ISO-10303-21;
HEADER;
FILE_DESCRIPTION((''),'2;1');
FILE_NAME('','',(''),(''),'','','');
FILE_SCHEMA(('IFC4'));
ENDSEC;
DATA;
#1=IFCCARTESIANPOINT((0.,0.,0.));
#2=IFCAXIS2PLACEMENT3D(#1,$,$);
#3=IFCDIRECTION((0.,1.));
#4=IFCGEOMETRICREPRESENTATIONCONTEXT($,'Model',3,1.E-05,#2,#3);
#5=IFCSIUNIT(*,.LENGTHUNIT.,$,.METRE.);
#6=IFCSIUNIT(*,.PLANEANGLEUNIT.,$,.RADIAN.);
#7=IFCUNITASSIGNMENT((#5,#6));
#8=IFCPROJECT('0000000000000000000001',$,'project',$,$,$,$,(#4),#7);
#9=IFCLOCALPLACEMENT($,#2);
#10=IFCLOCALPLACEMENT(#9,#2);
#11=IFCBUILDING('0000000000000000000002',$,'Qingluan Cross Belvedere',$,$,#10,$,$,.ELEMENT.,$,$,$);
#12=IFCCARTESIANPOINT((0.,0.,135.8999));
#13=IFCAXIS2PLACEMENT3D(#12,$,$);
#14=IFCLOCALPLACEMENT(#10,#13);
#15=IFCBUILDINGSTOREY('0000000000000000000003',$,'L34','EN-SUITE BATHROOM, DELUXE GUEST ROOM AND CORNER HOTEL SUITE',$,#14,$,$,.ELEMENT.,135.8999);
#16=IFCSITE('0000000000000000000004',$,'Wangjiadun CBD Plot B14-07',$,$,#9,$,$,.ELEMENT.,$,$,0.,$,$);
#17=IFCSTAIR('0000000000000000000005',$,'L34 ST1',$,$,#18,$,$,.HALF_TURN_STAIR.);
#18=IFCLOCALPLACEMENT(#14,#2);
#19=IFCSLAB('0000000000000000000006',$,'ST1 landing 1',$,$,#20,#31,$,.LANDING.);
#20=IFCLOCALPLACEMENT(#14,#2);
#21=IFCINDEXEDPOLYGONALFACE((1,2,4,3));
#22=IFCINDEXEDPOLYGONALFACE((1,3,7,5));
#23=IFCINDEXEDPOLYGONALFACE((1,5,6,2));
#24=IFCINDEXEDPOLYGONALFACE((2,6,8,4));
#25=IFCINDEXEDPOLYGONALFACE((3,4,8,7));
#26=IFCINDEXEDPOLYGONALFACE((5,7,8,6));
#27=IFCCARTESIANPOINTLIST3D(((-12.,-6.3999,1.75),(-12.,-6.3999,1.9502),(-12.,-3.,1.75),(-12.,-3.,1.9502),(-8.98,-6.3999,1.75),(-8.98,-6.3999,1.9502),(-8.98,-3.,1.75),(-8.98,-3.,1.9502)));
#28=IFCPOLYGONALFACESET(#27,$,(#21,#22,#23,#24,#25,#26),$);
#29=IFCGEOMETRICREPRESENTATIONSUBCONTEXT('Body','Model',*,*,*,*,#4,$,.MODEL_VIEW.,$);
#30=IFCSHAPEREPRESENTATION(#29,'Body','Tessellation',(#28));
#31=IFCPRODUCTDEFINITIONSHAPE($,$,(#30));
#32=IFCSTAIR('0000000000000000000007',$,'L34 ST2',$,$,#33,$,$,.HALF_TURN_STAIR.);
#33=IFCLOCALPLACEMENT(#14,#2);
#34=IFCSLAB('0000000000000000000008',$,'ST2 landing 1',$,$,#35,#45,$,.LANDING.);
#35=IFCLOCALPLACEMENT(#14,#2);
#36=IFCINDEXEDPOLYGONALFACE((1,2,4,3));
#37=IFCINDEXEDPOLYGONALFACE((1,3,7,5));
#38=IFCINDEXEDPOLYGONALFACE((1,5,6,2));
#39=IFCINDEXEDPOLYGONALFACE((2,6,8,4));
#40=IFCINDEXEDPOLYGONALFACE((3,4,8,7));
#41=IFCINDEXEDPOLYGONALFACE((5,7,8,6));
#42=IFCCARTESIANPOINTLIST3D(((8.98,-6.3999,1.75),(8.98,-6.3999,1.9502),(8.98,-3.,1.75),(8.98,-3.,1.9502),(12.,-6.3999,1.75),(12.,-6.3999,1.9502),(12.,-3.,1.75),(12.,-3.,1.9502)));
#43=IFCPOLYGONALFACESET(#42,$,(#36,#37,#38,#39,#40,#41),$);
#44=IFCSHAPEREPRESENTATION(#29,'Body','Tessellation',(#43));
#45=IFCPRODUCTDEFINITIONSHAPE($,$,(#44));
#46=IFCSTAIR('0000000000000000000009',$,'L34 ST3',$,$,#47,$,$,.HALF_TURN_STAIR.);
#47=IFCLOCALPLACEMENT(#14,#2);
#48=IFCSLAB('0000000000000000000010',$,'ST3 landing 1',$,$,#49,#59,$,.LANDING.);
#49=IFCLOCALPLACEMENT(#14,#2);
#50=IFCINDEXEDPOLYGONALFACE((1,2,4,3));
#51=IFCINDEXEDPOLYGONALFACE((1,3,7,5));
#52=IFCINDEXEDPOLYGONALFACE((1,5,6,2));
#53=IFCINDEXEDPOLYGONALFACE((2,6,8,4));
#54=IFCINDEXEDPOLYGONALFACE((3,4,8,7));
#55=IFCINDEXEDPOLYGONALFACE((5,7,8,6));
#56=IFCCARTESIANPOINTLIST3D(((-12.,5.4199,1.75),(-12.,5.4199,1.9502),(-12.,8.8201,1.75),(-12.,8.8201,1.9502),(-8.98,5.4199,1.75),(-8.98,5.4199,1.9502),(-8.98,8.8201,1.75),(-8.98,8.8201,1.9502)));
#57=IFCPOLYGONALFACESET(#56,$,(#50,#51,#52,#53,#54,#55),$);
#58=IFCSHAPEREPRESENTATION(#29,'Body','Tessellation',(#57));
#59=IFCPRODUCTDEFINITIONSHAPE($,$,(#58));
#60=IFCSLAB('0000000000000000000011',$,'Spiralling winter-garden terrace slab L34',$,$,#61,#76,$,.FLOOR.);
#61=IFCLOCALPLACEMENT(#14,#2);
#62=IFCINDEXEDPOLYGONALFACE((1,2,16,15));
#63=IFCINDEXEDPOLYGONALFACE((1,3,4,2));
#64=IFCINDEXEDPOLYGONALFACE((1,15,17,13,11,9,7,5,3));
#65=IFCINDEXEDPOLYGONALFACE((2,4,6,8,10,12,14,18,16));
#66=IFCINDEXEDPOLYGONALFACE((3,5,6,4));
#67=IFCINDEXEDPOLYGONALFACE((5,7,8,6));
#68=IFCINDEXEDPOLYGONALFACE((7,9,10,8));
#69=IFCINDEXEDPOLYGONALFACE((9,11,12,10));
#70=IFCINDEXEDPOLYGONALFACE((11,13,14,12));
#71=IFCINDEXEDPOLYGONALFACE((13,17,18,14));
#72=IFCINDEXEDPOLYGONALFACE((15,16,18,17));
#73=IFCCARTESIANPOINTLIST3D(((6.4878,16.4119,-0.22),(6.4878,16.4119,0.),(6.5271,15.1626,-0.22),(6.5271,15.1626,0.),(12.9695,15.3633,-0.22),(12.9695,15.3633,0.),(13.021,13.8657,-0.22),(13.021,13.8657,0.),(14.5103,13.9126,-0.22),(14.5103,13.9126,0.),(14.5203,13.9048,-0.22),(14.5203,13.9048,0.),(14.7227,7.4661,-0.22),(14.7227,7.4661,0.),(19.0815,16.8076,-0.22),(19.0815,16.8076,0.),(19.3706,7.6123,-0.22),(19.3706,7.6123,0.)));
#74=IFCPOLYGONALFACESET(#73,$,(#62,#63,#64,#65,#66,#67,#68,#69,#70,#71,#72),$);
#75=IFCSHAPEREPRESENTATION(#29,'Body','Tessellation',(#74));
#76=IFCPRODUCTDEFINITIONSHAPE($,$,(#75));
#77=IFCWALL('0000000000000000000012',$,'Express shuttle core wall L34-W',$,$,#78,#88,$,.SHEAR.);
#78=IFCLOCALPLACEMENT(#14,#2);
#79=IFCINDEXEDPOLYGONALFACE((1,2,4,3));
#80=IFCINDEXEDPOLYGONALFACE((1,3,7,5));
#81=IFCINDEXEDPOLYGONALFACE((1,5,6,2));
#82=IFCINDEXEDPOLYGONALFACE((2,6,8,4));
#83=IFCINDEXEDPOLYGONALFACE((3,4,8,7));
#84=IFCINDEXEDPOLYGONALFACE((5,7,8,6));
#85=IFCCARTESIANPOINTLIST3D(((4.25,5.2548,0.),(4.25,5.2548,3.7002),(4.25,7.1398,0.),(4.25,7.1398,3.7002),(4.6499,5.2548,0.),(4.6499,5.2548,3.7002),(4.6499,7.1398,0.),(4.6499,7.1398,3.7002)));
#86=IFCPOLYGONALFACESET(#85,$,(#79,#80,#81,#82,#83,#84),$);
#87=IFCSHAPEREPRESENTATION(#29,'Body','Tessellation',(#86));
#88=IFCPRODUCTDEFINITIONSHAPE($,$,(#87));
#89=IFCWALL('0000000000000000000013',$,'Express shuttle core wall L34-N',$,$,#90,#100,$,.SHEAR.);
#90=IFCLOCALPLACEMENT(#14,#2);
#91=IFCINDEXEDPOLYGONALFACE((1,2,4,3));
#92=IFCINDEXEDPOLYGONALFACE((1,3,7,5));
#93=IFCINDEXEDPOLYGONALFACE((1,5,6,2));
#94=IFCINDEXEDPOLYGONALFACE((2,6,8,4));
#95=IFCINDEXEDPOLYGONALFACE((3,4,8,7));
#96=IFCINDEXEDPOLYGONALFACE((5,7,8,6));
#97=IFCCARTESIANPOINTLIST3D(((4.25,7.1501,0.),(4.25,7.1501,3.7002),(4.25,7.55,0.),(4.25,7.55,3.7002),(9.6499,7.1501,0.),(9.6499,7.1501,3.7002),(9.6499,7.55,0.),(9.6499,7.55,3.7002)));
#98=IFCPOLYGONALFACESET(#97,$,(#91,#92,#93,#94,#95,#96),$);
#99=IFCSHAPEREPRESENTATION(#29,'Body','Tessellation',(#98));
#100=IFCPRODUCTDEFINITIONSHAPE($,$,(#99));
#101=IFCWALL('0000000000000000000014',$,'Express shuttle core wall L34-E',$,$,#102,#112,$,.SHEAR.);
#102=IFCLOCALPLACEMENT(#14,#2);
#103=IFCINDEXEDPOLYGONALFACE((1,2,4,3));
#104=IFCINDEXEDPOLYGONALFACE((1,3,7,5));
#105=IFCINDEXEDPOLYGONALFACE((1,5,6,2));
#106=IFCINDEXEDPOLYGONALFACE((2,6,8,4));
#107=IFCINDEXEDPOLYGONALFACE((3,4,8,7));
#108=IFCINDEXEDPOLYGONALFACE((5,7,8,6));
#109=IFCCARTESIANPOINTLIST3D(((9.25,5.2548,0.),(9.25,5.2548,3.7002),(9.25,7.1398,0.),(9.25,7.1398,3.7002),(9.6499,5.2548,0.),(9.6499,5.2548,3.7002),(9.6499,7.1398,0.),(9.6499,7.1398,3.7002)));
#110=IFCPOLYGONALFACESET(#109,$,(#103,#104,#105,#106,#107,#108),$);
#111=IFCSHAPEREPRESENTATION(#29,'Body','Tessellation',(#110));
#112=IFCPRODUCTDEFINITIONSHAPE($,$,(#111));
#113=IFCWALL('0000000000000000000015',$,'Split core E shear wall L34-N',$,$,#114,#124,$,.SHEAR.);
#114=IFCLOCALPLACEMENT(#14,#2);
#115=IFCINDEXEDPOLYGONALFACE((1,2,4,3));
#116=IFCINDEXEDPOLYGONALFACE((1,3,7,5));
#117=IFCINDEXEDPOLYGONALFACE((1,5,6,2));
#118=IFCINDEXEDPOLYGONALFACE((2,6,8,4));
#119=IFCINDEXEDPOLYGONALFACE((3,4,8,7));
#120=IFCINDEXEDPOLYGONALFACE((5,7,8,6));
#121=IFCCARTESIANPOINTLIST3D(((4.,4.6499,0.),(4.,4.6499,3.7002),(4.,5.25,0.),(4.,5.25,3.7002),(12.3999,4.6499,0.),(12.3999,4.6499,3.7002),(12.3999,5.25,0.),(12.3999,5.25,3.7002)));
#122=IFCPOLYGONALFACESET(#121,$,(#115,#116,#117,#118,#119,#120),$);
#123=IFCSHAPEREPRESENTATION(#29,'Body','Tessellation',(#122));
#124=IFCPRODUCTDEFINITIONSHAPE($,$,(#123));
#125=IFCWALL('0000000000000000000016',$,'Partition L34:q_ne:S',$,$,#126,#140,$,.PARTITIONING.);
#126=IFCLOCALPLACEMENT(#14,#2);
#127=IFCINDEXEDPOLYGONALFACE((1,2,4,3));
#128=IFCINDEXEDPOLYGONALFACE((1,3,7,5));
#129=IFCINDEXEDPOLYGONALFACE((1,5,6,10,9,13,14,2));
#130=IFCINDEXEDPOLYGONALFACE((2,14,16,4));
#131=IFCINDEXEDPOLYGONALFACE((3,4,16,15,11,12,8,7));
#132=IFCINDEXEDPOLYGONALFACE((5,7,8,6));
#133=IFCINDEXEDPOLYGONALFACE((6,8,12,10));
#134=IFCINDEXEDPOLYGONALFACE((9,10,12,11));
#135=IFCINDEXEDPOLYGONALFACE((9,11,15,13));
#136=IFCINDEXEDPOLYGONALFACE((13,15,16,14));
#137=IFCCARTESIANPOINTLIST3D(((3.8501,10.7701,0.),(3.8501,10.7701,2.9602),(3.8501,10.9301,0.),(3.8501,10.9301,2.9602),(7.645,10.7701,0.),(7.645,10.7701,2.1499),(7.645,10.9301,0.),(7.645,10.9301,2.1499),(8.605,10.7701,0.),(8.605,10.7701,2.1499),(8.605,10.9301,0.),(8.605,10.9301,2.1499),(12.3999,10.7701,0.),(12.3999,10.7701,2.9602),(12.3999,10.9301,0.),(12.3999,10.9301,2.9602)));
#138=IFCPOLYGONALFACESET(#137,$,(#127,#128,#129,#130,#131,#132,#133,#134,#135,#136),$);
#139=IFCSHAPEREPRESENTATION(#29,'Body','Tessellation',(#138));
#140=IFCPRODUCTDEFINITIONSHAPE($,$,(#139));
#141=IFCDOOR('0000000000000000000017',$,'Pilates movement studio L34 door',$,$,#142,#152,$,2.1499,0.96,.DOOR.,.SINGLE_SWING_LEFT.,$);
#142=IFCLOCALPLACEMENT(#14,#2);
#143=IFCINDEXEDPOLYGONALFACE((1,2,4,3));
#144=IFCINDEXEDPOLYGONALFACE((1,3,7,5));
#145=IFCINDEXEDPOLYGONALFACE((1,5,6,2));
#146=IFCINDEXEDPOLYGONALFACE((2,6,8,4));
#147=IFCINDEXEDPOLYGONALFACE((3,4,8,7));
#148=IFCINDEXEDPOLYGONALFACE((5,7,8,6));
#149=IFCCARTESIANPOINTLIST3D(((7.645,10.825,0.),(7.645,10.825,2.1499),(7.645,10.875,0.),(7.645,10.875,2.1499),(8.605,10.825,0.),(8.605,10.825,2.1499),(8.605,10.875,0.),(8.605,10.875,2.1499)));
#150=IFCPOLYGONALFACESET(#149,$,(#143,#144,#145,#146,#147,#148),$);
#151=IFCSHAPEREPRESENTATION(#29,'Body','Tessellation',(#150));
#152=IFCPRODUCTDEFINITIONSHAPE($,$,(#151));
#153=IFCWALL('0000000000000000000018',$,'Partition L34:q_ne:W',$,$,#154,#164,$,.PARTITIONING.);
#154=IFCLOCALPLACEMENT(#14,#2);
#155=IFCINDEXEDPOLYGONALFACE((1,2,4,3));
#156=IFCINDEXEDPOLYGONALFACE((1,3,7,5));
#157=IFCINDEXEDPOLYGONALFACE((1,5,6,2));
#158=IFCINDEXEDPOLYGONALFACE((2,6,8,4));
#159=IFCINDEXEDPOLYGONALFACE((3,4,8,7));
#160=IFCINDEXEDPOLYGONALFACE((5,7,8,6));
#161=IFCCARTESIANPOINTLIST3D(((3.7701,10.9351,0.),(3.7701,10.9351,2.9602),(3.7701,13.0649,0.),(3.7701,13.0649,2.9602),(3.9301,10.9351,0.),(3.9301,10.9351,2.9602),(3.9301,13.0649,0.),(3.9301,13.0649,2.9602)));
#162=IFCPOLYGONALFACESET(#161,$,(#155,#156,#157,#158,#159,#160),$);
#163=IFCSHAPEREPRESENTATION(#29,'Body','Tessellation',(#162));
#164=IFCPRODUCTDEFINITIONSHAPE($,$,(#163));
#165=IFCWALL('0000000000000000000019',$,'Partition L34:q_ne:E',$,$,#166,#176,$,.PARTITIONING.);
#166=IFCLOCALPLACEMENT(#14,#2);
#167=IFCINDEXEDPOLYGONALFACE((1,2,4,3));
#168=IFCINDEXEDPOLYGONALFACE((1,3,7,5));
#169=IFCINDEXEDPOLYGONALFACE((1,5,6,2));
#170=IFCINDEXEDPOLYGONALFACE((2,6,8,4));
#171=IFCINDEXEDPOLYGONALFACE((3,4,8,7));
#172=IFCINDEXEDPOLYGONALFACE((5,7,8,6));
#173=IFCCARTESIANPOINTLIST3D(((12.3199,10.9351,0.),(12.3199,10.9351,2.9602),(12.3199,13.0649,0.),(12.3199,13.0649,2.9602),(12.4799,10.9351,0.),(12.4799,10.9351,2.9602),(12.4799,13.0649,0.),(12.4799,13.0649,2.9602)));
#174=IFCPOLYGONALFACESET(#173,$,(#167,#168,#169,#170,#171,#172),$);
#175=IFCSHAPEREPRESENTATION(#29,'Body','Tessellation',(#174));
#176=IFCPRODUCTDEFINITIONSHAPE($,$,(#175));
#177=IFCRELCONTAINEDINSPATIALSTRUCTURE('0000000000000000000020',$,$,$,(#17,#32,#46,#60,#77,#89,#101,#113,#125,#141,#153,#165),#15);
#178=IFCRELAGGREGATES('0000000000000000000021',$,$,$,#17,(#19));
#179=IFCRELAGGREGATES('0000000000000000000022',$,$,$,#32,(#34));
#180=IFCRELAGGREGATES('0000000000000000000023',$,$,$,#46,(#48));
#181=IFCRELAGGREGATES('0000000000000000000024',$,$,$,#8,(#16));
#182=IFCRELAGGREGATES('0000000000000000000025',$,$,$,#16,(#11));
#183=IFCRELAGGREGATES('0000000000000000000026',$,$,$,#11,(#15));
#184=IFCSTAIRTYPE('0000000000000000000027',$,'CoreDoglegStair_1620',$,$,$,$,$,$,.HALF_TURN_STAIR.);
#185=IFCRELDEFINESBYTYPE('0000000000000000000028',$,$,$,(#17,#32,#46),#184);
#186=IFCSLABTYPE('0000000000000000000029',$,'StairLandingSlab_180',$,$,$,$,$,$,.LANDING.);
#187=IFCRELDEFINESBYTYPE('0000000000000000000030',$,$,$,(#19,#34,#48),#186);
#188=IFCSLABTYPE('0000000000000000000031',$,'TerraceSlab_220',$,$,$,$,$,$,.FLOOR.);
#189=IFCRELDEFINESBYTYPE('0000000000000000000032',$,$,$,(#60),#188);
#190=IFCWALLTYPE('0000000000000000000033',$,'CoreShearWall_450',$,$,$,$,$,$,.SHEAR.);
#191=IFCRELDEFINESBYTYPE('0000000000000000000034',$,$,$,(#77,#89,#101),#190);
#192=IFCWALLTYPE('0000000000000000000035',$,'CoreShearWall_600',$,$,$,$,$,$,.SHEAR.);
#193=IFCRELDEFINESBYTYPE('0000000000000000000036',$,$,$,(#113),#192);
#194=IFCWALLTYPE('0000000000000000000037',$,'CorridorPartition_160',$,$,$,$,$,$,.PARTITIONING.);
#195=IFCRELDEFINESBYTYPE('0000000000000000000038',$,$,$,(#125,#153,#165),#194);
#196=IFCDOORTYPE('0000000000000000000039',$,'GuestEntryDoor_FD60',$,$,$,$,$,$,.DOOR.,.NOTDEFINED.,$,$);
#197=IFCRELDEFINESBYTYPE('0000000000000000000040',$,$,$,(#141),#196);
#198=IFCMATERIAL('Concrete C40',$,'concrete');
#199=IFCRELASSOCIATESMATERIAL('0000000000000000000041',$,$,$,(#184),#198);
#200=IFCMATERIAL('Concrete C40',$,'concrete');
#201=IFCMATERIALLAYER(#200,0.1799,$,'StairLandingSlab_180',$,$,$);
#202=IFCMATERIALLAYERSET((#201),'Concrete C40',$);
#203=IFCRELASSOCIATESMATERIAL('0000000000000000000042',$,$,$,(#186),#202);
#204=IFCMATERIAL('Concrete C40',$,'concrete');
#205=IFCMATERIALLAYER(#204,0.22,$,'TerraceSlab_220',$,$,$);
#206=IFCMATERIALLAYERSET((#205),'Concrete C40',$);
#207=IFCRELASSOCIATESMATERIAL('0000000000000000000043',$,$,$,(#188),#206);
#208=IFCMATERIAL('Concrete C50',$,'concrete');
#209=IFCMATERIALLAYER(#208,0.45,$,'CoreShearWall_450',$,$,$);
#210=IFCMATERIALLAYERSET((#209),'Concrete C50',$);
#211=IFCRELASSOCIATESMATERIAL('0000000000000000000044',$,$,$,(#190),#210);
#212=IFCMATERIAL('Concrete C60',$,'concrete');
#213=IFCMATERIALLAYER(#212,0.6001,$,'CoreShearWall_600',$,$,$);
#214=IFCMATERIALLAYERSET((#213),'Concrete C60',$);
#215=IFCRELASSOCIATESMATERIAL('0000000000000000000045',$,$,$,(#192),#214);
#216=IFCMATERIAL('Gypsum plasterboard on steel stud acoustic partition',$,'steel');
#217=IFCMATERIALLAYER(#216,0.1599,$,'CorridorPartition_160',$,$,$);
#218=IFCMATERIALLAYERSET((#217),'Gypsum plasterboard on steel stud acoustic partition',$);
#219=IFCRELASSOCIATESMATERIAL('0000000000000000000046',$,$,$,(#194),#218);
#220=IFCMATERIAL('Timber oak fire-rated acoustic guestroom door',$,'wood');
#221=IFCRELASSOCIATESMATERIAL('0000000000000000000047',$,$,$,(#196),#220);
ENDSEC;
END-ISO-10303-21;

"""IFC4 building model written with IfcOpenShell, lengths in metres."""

from ifc_helpers import new_model, si_unit, direction, frame, frame_2d, origin, place, context, subcontext, project, spatial, polyline, rectangle, outline, extrude, material, layer, layer_set, type_object, element, fill, aggregate, save


model = new_model("IFC4")

# Units and contexts
model_context = context("Model", 3, precision=1e-05, world=origin(), true_north=direction((0.0, 1.0)))
body_context = subcontext(model_context, "Body", "Model", "MODEL_VIEW")
ifc_project = project(units=[si_unit("LENGTHUNIT", "METRE"), si_unit("PLANEANGLEUNIT", "RADIAN")], contexts=[model_context])

# Site, building, storey
site_placement = place(None, origin())
site = spatial("IfcSite", under=ifc_project, at=site_placement, Name="Wangjiadun CBD Plot B14-07", CompositionType="ELEMENT", RefElevation=0.0)
building_placement = place(site_placement, origin())
building = spatial("IfcBuilding", under=site, at=building_placement, Name="Qingluan Cross Belvedere", CompositionType="ELEMENT")
storey_placement = place(building_placement, frame((0.0, 0.0, 135.8999)))
storey = spatial("IfcBuildingStorey", under=building, at=storey_placement, Name="L34", Description="EN-SUITE BATHROOM, DELUXE GUEST ROOM AND CORNER HOTEL SUITE", CompositionType="ELEMENT", Elevation=135.8999)

# Stairs, slabs
ifc_material_1 = material(Name="Concrete C40", Category="concrete")
stair_type = type_object("IfcStairType", Name="CoreDoglegStair_1620", PredefinedType="HALF_TURN_STAIR", material=ifc_material_1)
stair_1_placement = place(storey_placement, origin())
stair_1 = element("IfcStair", 1, at=stair_1_placement, inside=storey, type_object=stair_type, Name="L34 ST1", PredefinedType="HALF_TURN_STAIR")
ifc_material_2 = material(Name="Concrete C40", Category="concrete")
ifc_layer_1 = layer(ifc_material_2, 0.1799, Name="StairLandingSlab_180")
ifc_layer_set_1 = layer_set([ifc_layer_1], Name="Concrete C40")
slab_type_1 = type_object("IfcSlabType", Name="StairLandingSlab_180", PredefinedType="LANDING", material=ifc_layer_set_1)
slab_1_placement = place(storey_placement, frame((0.0, 0.0, 1.75)))
slab_1 = element("IfcSlab", 2, at=slab_1_placement, type_object=slab_type_1, Name="ST1 landing 1", PredefinedType="LANDING", context=body_context, shape_type="SweptSolid", body=[
    extrude(outline(polyline([(-8.98, -3.0), (-12.0, -3.0), (-12.0, -6.3999), (-8.98, -6.3999), (-8.98, -3.0)])), origin(), (0.0, 0.0, 1.0), 0.2002),
])
aggregate(stair_1, [slab_1])
stair_2_placement = place(storey_placement, origin())
stair_2 = element("IfcStair", 3, at=stair_2_placement, inside=storey, type_object=stair_type, Name="L34 ST2", PredefinedType="HALF_TURN_STAIR")
slab_2_placement = place(storey_placement, frame((0.0, 0.0, 1.75)))
slab_2 = element("IfcSlab", 4, at=slab_2_placement, type_object=slab_type_1, Name="ST2 landing 1", PredefinedType="LANDING", context=body_context, shape_type="SweptSolid", body=[
    extrude(outline(polyline([(8.98, -6.3999), (12.0, -6.3999), (12.0, -3.0), (8.98, -3.0), (8.98, -6.3999)])), origin(), (0.0, 0.0, 1.0), 0.2002),
])
aggregate(stair_2, [slab_2])
stair_3_placement = place(storey_placement, origin())
stair_3 = element("IfcStair", 5, at=stair_3_placement, inside=storey, type_object=stair_type, Name="L34 ST3", PredefinedType="HALF_TURN_STAIR")
slab_3_placement = place(storey_placement, frame((0.0, 0.0, 1.75)))
slab_3 = element("IfcSlab", 6, at=slab_3_placement, type_object=slab_type_1, Name="ST3 landing 1", PredefinedType="LANDING", context=body_context, shape_type="SweptSolid", body=[
    extrude(outline(polyline([(-8.98, 8.8201), (-12.0, 8.8201), (-12.0, 5.4199), (-8.98, 5.4199), (-8.98, 8.8201)])), origin(), (0.0, 0.0, 1.0), 0.2002),
])
aggregate(stair_3, [slab_3])

# Slab
ifc_material_3 = material(Name="Concrete C40", Category="concrete")
ifc_layer_2 = layer(ifc_material_3, 0.22, Name="TerraceSlab_220")
ifc_layer_set_2 = layer_set([ifc_layer_2], Name="Concrete C40")
slab_type_2 = type_object("IfcSlabType", Name="TerraceSlab_220", PredefinedType="FLOOR", material=ifc_layer_set_2)
slab_4_placement = place(storey_placement, frame((0.0, 0.0, -0.22)))
element("IfcSlab", 7, at=slab_4_placement, inside=storey, type_object=slab_type_2, Name="Spiralling winter-garden terrace slab L34", PredefinedType="FLOOR", context=body_context, shape_type="SweptSolid", body=[
    extrude(outline(polyline([(6.5271, 15.1626), (12.9695, 15.3633), (13.021, 13.8657), (14.5103, 13.9126), (14.5203, 13.9048), (14.7227, 7.4661), (19.3706, 7.6123), (19.0815, 16.8076), (6.4878, 16.4119), (6.5271, 15.1626)])), origin(), (0.0, 0.0, 1.0), 0.22),
])

# Walls
ifc_material_4 = material(Name="Concrete C50", Category="concrete")
ifc_layer_3 = layer(ifc_material_4, 0.45, Name="CoreShearWall_450")
ifc_layer_set_3 = layer_set([ifc_layer_3], Name="Concrete C50")
wall_type_1 = type_object("IfcWallType", Name="CoreShearWall_450", PredefinedType="SHEAR", material=ifc_layer_set_3)
wall_1_placement = place(storey_placement, frame((4.45, 5.2549, 0.0), z_axis=(0.0, 0.0, 1.0), x_axis=(0.0, 1.0, 0.0)))
element("IfcWall", 8, at=wall_1_placement, inside=storey, type_object=wall_type_1, Name="Express shuttle core wall L34-W", PredefinedType="SHEAR", context=body_context, shape_type="SweptSolid", body=[
    extrude(rectangle(XDim=1.885, YDim=0.3999, at=frame_2d((0.9424, 0.0))), origin(), (0.0, 0.0, 1.0), 3.7002),
])
wall_2_placement = place(storey_placement, frame((4.25, 7.3501, 0.0), z_axis=(0.0, 0.0, 1.0), x_axis=(1.0, 0.0, 0.0)))
element("IfcWall", 9, at=wall_2_placement, inside=storey, type_object=wall_type_1, Name="Express shuttle core wall L34-N", PredefinedType="SHEAR", context=body_context, shape_type="SweptSolid", body=[
    extrude(rectangle(XDim=5.3999, YDim=0.3999, at=frame_2d((2.7, 0.0))), origin(), (0.0, 0.0, 1.0), 3.7002),
])
wall_3_placement = place(storey_placement, frame((9.45, 5.2549, 0.0), z_axis=(0.0, 0.0, 1.0), x_axis=(0.0, 1.0, 0.0)))
element("IfcWall", 10, at=wall_3_placement, inside=storey, type_object=wall_type_1, Name="Express shuttle core wall L34-E", PredefinedType="SHEAR", context=body_context, shape_type="SweptSolid", body=[
    extrude(rectangle(XDim=1.885, YDim=0.3999, at=frame_2d((0.9424, 0.0))), origin(), (0.0, 0.0, 1.0), 3.7002),
])
ifc_material_5 = material(Name="Concrete C60", Category="concrete")
ifc_layer_4 = layer(ifc_material_5, 0.6001, Name="CoreShearWall_600")
ifc_layer_set_4 = layer_set([ifc_layer_4], Name="Concrete C60")
wall_type_2 = type_object("IfcWallType", Name="CoreShearWall_600", PredefinedType="SHEAR", material=ifc_layer_set_4)
wall_4_placement = place(storey_placement, frame((4.0, 4.95, 0.0), z_axis=(0.0, 0.0, 1.0), x_axis=(1.0, 0.0, 0.0)))
element("IfcWall", 11, at=wall_4_placement, inside=storey, type_object=wall_type_2, Name="Split core E shear wall L34-N", PredefinedType="SHEAR", context=body_context, shape_type="SweptSolid", body=[
    extrude(rectangle(XDim=8.3999, YDim=0.6001, at=frame_2d((4.2, 0.0))), origin(), (0.0, 0.0, 1.0), 3.7002),
])

# Wall, opening, door
ifc_material_6 = material(Name="Gypsum plasterboard on steel stud acoustic partition", Category="steel")
ifc_layer_5 = layer(ifc_material_6, 0.1599, Name="CorridorPartition_160")
ifc_layer_set_5 = layer_set([ifc_layer_5], Name="Gypsum plasterboard on steel stud acoustic partition")
wall_type_3 = type_object("IfcWallType", Name="CorridorPartition_160", PredefinedType="PARTITIONING", material=ifc_layer_set_5)
wall_5_placement = place(storey_placement, frame((3.8501, 10.8501, 0.0), z_axis=(0.0, 0.0, 1.0), x_axis=(1.0, 0.0, 0.0)))
wall_5 = element("IfcWall", 12, at=wall_5_placement, inside=storey, type_object=wall_type_3, Name="Partition L34:q_ne:S", PredefinedType="PARTITIONING", context=body_context, shape_type="SweptSolid", body=[
    extrude(rectangle(XDim=8.5498, YDim=0.1599, at=frame_2d((4.2749, 0.0))), origin(), (0.0, 0.0, 1.0), 2.9602),
])
opening_1_placement = place(wall_5_placement, frame((3.7949, 0.0, 0.0)))
opening_1 = element("IfcOpeningElement", 13, at=opening_1_placement, cuts=wall_5, PredefinedType="OPENING", context=body_context, shape_type="SweptSolid", body=[
    extrude(rectangle(XDim=0.96, YDim=2.1499, at=frame_2d((0.48, 1.075))), frame((0.0, 0.0898, 0.0), z_axis=(0.0, -1.0, 0.0), x_axis=(1.0, 0.0, 0.0)), (0.0, 0.0, 1.0), 0.1799),
])
ifc_material_7 = material(Name="Timber oak fire-rated acoustic guestroom door", Category="wood")
door_type_1 = type_object("IfcDoorType", Name="GuestEntryDoor_FD60", OperationType="NOTDEFINED", PredefinedType="DOOR", material=ifc_material_7)
door_1_placement = place(opening_1_placement, origin())
door_1 = element("IfcDoor", 14, at=door_1_placement, inside=storey, type_object=door_type_1, Name="Pilates movement studio L34 door", OperationType="SINGLE_SWING_LEFT", OverallHeight=2.1499, OverallWidth=0.96, PredefinedType="DOOR", context=body_context, shape_type="SweptSolid", body=[
    extrude(rectangle(XDim=0.96, YDim=2.1499, at=frame_2d((0.48, 1.075))), frame((0.0, 0.0249, 0.0), z_axis=(0.0, -1.0, 0.0), x_axis=(1.0, 0.0, 0.0)), (0.0, 0.0, 1.0), 0.05),
])
fill(opening_1, door_1)

# Walls
for number, where, z_axis, x_axis, name in (
    (15, (3.8501, 10.9351, 0.0), (0.0, 0.0, 1.0), (0.0, 1.0, 0.0), "Partition L34:q_ne:W"),
    (16, (12.3999, 10.9351, 0.0), (0.0, 0.0, 1.0), (0.0, 1.0, 0.0), "Partition L34:q_ne:E"),
):
    element("IfcWall", number, at=place(storey_placement, frame(where, z_axis=z_axis, x_axis=x_axis)), inside=storey, type_object=wall_type_3, Name=name, PredefinedType="PARTITIONING", context=body_context, shape_type="SweptSolid", body=[
        extrude(rectangle(XDim=2.1299, YDim=0.1599, at=frame_2d((1.0649, 0.0))), origin(), (0.0, 0.0, 1.0), 2.9602),
    ])

save(model, "model.ifc")
